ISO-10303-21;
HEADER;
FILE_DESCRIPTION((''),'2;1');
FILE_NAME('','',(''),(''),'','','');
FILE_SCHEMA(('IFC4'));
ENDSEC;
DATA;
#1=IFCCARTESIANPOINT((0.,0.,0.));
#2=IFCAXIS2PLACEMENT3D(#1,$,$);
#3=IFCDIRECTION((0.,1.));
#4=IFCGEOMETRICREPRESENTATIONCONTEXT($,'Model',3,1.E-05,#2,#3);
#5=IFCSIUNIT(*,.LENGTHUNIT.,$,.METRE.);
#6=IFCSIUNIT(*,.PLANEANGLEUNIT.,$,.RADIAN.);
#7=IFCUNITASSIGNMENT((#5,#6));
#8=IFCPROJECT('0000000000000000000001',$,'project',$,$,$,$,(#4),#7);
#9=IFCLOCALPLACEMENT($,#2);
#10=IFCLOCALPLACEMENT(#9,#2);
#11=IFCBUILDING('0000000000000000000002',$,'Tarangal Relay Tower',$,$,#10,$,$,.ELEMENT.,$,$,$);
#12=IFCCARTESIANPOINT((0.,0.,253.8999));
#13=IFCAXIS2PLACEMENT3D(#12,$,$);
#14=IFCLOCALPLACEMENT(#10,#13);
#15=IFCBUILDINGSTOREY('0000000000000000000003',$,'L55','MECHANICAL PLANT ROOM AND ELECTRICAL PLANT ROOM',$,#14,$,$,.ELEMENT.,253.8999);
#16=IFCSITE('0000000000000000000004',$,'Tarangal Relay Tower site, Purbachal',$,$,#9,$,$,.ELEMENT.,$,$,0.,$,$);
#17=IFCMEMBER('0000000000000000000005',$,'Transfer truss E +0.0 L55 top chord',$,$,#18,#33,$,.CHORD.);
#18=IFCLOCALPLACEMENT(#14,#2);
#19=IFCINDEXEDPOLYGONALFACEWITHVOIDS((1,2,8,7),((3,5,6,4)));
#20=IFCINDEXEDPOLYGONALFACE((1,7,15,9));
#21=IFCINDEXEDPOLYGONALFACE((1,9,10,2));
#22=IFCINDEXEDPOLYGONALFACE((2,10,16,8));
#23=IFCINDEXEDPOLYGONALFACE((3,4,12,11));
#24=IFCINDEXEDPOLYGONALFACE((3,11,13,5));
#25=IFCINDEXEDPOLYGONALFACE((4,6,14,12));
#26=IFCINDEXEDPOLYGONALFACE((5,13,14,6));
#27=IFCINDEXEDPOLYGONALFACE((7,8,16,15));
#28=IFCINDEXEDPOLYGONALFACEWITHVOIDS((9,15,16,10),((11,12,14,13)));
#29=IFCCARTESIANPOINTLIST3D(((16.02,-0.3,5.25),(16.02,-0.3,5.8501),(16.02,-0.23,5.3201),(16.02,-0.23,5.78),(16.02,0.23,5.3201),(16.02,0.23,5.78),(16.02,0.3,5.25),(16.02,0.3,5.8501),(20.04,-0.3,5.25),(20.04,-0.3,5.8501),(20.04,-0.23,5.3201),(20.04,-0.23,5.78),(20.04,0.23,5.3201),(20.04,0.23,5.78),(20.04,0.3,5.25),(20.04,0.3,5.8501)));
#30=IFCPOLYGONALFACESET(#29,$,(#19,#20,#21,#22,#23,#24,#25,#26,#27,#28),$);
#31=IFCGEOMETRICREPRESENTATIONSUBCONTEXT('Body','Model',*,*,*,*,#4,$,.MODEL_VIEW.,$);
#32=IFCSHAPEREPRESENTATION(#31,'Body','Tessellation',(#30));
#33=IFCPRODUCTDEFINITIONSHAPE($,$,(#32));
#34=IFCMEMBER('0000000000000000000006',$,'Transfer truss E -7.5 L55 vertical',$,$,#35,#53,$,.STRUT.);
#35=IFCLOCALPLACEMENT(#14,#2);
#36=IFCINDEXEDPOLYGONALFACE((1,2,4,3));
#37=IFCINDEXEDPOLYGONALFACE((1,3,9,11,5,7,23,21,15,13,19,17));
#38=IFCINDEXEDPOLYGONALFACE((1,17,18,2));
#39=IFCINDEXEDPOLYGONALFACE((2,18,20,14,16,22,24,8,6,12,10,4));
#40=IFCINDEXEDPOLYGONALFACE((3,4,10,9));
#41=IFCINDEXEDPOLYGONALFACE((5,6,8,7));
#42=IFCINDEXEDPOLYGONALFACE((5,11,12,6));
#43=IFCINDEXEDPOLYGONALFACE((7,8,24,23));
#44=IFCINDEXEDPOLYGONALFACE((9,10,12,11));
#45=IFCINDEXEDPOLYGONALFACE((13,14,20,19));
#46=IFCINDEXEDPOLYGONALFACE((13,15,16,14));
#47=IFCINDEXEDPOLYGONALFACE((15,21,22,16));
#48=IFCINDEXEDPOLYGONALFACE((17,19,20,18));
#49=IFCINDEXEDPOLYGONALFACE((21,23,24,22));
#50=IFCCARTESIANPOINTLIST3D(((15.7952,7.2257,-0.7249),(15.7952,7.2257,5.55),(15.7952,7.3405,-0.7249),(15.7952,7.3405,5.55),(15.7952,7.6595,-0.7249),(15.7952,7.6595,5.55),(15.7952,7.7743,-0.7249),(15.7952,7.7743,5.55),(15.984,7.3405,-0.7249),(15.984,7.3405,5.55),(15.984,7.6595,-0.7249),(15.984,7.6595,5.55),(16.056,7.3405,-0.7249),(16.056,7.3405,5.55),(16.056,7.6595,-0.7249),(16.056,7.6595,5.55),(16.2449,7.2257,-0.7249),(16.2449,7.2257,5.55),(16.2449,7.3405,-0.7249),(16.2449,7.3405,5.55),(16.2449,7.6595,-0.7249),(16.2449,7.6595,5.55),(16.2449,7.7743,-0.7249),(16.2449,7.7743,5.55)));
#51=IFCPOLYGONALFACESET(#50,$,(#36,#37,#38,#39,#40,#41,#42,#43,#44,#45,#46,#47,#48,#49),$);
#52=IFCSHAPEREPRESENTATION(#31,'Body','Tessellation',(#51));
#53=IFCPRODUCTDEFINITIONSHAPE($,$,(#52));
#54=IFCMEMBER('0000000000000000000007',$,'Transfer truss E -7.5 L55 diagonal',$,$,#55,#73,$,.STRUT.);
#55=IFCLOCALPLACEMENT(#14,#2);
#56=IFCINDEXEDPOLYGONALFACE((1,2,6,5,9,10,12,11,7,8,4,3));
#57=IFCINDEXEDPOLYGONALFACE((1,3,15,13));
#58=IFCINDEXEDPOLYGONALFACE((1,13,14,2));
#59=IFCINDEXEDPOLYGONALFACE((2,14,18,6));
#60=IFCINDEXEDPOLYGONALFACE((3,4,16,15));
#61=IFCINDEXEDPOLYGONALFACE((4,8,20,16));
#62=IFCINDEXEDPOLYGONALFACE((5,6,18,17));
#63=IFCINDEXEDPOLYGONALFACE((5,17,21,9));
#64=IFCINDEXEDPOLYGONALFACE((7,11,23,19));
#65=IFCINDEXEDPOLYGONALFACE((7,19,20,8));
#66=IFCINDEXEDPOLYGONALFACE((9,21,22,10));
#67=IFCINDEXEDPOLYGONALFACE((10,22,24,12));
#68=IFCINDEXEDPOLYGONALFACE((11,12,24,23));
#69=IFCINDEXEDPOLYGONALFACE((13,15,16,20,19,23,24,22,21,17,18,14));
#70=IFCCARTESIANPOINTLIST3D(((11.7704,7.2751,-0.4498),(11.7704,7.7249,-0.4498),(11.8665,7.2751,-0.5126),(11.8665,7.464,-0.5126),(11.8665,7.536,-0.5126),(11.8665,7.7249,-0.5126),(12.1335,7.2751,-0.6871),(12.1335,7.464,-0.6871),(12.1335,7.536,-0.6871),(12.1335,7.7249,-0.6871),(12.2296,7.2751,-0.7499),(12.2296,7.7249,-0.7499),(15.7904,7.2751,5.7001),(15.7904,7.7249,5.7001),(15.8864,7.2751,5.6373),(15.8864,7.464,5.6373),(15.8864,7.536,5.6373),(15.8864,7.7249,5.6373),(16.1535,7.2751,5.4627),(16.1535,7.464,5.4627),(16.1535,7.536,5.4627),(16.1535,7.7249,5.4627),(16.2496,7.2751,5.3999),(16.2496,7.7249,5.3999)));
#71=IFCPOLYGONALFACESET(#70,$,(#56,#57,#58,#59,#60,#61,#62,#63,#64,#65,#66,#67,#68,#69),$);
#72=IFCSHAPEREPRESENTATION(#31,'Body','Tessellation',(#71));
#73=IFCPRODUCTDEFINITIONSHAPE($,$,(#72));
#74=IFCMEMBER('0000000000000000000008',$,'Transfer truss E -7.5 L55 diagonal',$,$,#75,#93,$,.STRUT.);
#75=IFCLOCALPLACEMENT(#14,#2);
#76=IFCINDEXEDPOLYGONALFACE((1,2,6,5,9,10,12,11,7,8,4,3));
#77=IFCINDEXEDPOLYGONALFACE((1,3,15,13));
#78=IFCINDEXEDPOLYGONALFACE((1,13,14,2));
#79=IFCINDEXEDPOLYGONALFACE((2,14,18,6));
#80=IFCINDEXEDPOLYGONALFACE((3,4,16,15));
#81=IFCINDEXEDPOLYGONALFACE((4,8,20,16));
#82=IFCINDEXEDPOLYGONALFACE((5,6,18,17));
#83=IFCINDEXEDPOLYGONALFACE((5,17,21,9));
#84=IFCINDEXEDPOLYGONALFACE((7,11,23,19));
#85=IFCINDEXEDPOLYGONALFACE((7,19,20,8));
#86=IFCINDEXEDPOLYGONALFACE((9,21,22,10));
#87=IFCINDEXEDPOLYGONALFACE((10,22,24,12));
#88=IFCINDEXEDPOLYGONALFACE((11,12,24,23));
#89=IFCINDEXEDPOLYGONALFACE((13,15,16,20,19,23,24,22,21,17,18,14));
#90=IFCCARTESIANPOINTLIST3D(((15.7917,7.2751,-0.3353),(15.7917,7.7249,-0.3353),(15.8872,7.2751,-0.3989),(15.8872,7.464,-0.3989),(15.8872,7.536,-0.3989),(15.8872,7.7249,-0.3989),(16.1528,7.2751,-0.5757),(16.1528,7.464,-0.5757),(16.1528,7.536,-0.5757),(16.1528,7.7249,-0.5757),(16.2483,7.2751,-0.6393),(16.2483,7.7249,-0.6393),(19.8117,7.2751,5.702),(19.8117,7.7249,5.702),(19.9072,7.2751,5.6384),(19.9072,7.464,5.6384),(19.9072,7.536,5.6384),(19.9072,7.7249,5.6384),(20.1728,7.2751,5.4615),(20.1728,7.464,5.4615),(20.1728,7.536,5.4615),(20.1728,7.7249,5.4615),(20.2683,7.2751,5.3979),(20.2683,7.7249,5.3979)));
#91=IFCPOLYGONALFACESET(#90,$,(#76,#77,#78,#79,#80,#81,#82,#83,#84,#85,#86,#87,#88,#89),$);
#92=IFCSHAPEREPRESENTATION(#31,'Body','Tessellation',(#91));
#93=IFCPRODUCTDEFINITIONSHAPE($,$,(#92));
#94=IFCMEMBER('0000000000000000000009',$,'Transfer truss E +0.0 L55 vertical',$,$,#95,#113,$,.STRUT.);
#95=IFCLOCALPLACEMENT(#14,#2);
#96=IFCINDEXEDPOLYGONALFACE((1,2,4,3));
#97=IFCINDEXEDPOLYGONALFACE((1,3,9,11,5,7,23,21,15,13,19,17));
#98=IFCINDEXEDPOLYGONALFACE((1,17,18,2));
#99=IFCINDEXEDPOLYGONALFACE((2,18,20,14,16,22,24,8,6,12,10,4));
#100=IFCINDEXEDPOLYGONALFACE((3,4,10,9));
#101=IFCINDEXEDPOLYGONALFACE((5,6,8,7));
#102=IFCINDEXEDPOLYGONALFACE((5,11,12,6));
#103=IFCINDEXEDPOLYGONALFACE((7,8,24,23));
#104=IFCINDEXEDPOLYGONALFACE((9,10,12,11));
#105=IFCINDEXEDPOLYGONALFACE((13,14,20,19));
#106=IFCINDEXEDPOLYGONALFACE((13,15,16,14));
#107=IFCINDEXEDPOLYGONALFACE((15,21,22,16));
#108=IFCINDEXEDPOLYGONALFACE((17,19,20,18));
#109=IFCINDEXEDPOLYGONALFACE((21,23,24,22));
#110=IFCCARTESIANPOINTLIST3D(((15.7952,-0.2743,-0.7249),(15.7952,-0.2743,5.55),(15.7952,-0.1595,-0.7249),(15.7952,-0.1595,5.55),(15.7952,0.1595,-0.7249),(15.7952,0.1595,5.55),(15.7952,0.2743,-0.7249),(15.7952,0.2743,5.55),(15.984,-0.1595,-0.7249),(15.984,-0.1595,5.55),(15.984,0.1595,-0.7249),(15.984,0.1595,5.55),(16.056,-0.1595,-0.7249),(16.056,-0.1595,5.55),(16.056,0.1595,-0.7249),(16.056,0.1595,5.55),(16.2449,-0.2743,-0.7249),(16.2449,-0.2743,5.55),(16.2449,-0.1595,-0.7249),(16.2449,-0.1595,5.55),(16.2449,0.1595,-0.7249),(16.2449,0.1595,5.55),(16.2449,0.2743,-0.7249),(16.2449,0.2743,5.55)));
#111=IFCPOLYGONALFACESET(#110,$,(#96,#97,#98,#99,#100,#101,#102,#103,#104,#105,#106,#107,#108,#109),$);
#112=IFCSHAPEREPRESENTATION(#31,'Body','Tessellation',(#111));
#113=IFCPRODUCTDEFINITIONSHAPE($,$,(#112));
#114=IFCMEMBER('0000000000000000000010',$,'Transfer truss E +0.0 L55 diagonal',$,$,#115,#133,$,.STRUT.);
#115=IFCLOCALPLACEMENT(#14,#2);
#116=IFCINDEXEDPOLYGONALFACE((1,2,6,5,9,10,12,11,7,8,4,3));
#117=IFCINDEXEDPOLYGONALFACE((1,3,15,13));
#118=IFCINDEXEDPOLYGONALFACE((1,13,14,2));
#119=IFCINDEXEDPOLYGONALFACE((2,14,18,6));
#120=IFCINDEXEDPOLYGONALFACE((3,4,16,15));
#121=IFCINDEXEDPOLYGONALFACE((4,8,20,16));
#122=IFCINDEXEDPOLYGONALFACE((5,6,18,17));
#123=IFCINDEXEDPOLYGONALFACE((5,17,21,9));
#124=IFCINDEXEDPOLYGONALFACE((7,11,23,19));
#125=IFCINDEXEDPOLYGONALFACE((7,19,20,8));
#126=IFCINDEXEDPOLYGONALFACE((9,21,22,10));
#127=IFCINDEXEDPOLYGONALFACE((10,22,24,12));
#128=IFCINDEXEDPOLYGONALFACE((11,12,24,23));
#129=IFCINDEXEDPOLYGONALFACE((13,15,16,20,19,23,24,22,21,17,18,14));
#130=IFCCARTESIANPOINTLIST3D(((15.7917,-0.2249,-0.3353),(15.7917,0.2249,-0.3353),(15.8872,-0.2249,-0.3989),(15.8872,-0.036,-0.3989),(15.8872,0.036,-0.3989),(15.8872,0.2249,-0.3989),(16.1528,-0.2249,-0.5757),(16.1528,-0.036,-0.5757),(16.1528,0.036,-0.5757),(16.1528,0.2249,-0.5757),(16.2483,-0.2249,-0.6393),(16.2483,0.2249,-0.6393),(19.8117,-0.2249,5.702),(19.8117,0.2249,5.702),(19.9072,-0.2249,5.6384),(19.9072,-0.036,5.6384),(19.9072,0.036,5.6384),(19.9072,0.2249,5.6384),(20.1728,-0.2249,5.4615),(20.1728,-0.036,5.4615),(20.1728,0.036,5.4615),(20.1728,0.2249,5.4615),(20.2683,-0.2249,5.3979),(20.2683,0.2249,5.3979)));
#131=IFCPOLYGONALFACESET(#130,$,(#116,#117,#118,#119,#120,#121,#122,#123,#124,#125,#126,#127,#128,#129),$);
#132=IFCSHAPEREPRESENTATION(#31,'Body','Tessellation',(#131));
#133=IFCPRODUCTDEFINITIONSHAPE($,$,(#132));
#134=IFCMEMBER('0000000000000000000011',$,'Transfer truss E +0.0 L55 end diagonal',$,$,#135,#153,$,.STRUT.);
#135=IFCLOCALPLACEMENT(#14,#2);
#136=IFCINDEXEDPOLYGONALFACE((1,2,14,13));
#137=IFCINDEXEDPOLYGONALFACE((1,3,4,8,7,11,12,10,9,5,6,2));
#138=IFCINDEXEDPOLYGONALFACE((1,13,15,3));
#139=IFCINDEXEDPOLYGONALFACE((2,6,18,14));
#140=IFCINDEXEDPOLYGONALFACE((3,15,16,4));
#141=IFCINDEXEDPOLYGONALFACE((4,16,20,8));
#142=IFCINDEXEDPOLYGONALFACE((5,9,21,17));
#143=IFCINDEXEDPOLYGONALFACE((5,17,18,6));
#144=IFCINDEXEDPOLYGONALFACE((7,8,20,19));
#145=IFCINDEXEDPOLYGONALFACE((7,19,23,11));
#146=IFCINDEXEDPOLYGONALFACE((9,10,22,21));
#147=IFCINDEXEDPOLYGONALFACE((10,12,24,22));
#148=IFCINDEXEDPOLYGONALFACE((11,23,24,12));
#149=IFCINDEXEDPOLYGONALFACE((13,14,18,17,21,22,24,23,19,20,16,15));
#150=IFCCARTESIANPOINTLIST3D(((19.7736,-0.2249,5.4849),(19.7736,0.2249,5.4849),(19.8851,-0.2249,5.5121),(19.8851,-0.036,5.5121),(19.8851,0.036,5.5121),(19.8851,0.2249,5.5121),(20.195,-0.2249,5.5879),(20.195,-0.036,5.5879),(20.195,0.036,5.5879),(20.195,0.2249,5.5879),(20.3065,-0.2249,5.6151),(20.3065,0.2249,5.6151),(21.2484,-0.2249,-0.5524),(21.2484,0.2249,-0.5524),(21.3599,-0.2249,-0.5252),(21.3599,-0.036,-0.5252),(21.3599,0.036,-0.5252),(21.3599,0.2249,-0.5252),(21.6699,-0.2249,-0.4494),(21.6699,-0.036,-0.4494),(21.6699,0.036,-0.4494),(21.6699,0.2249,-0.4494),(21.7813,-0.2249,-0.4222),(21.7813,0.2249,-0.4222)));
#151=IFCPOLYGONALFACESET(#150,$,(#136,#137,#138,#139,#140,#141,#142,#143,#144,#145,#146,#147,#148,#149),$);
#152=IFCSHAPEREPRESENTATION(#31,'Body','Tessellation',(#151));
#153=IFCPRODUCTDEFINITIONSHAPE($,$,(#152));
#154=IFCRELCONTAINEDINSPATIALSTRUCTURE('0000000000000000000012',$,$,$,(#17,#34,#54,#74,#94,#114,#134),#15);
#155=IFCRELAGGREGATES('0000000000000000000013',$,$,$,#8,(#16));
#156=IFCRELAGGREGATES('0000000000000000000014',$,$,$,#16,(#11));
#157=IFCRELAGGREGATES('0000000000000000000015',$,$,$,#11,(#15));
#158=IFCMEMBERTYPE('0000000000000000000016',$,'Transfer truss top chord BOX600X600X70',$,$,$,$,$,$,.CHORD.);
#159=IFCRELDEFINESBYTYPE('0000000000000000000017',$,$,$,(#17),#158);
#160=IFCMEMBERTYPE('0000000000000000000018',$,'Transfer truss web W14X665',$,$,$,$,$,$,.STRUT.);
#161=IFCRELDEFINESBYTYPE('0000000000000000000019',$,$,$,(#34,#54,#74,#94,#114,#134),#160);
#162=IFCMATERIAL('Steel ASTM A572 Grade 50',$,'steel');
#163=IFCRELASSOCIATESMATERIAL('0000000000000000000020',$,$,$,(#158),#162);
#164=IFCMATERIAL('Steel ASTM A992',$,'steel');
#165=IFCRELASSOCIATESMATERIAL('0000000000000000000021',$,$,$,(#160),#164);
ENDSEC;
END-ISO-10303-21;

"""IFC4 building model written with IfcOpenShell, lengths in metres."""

from ifc_helpers import new_model, si_unit, direction, frame, origin, origin_2d, place, context, subcontext, project, spatial, hollow_rectangle, i_section, extrude, material, material_profile, profile_set, type_object, element, save


model = new_model("IFC4")

# Units and contexts
model_context = context("Model", 3, precision=1e-05, world=origin(), true_north=direction((0.0, 1.0)))
body_context = subcontext(model_context, "Body", "Model", "MODEL_VIEW")
ifc_project = project(units=[si_unit("LENGTHUNIT", "METRE"), si_unit("PLANEANGLEUNIT", "RADIAN")], contexts=[model_context])

# Site, building, storey
site_placement = place(None, origin())
site = spatial("IfcSite", under=ifc_project, at=site_placement, Name="Tarangal Relay Tower site, Purbachal", CompositionType="ELEMENT", RefElevation=0.0)
building_placement = place(site_placement, origin())
building = spatial("IfcBuilding", under=site, at=building_placement, Name="Tarangal Relay Tower", CompositionType="ELEMENT")
storey_placement = place(building_placement, frame((0.0, 0.0, 253.8999)))
storey = spatial("IfcBuildingStorey", under=building, at=storey_placement, Name="L55", Description="MECHANICAL PLANT ROOM AND ELECTRICAL PLANT ROOM", CompositionType="ELEMENT", Elevation=253.8999)

# Shared definitions
ifc_material_1 = material(Name="Steel ASTM A572 Grade 50", Category="steel")

# Shared definitions
ifc_material_2 = material(Name="Steel ASTM A992", Category="steel")

# Members
ifc_material_profile_1 = material_profile(ifc_material_1, hollow_rectangle(XDim=0.6001, YDim=0.6001, WallThickness=0.0701, at=origin_2d()), Name="BOX600X600X70")
ifc_profile_set_1 = profile_set([ifc_material_profile_1], Name="Steel ASTM A572 Grade 50")
member_type_1 = type_object("IfcMemberType", Name="Transfer truss top chord BOX600X600X70", PredefinedType="CHORD", material=ifc_profile_set_1)
for number, where, z_axis, x_axis, name in (
    (1, (16.02, 0.0, 5.55), (1.0, 0.0, 0.0), (0.0, 1.0, 0.0), "Transfer truss E +0.0 L55 top chord"),
):
    element("IfcMember", number, at=place(storey_placement, frame(where, z_axis=z_axis, x_axis=x_axis)), inside=storey, type_object=member_type_1, Name=name, PredefinedType="CHORD", context=body_context, shape_type="SweptSolid", body=[
        extrude(hollow_rectangle(XDim=0.6001, YDim=0.6001, WallThickness=0.0701, at=origin_2d()), origin(), (0.0, 0.0, 1.0), 4.02),
    ])
ifc_material_profile_2 = material_profile(ifc_material_2, i_section(OverallWidth=0.4497, OverallDepth=0.5486, WebThickness=0.072, FlangeThickness=0.1147, at=origin_2d()), Name="W14X665")
ifc_profile_set_2 = profile_set([ifc_material_profile_2], Name="Steel ASTM A992")
member_type_2 = type_object("IfcMemberType", Name="Transfer truss web W14X665", PredefinedType="STRUT", material=ifc_profile_set_2)
member_1_placement = place(storey_placement, frame((16.02, 7.5, -0.7249), z_axis=(0.0, 0.0, 1.0), x_axis=(1.0, 0.0, 0.0)))
element("IfcMember", 2, at=member_1_placement, inside=storey, type_object=member_type_2, Name="Transfer truss E -7.5 L55 vertical", PredefinedType="STRUT", context=body_context, shape_type="SweptSolid", body=[
    extrude(i_section(OverallWidth=0.4497, OverallDepth=0.5486, WebThickness=0.072, FlangeThickness=0.1147, at=origin_2d()), origin(), (0.0, 0.0, 1.0), 6.2749),
])
member_2_placement = place(storey_placement, frame((12.0, 7.5, -0.5999), z_axis=(0.547147, 0.0, 0.837036), x_axis=(0.0, 1.0, 0.0)))
element("IfcMember", 3, at=member_2_placement, inside=storey, type_object=member_type_2, Name="Transfer truss E -7.5 L55 diagonal", PredefinedType="STRUT", context=body_context, shape_type="SweptSolid", body=[
    extrude(i_section(OverallWidth=0.4497, OverallDepth=0.5486, WebThickness=0.072, FlangeThickness=0.1147, at=origin_2d()), origin(), (0.0, 0.0, 1.0), 7.3472),
])
member_3_placement = place(storey_placement, frame((16.02, 7.5, -0.4873), z_axis=(0.554234, 0.0, 0.832361), x_axis=(0.0, 1.0, 0.0)))
element("IfcMember", 4, at=member_3_placement, inside=storey, type_object=member_type_2, Name="Transfer truss E -7.5 L55 diagonal", PredefinedType="STRUT", context=body_context, shape_type="SweptSolid", body=[
    extrude(i_section(OverallWidth=0.4497, OverallDepth=0.5486, WebThickness=0.072, FlangeThickness=0.1147, at=origin_2d()), origin(), (0.0, 0.0, 1.0), 7.2532),
])
member_4_placement = place(storey_placement, frame((16.02, 0.0, -0.7249), z_axis=(0.0, 0.0, 1.0), x_axis=(1.0, 0.0, 0.0)))
element("IfcMember", 5, at=member_4_placement, inside=storey, type_object=member_type_2, Name="Transfer truss E +0.0 L55 vertical", PredefinedType="STRUT", context=body_context, shape_type="SweptSolid", body=[
    extrude(i_section(OverallWidth=0.4497, OverallDepth=0.5486, WebThickness=0.072, FlangeThickness=0.1147, at=origin_2d()), origin(), (0.0, 0.0, 1.0), 6.2749),
])
member_5_placement = place(storey_placement, frame((16.02, 0.0, -0.4873), z_axis=(0.554234, 0.0, 0.832361), x_axis=(0.0, 1.0, 0.0)))
element("IfcMember", 6, at=member_5_placement, inside=storey, type_object=member_type_2, Name="Transfer truss E +0.0 L55 diagonal", PredefinedType="STRUT", context=body_context, shape_type="SweptSolid", body=[
    extrude(i_section(OverallWidth=0.4497, OverallDepth=0.5486, WebThickness=0.072, FlangeThickness=0.1147, at=origin_2d()), origin(), (0.0, 0.0, 1.0), 7.2532),
])
member_6_placement = place(storey_placement, frame((21.5149, 0.0, -0.4873), z_axis=(-0.23731, 0.0, 0.971434), x_axis=(0.0, -1.0, 0.0)))
element("IfcMember", 7, at=member_6_placement, inside=storey, type_object=member_type_2, Name="Transfer truss E +0.0 L55 end diagonal", PredefinedType="STRUT", context=body_context, shape_type="SweptSolid", body=[
    extrude(i_section(OverallWidth=0.4497, OverallDepth=0.5486, WebThickness=0.072, FlangeThickness=0.1147, at=origin_2d()), origin(), (0.0, 0.0, 1.0), 6.2148),
])

save(model, "model.ifc")
